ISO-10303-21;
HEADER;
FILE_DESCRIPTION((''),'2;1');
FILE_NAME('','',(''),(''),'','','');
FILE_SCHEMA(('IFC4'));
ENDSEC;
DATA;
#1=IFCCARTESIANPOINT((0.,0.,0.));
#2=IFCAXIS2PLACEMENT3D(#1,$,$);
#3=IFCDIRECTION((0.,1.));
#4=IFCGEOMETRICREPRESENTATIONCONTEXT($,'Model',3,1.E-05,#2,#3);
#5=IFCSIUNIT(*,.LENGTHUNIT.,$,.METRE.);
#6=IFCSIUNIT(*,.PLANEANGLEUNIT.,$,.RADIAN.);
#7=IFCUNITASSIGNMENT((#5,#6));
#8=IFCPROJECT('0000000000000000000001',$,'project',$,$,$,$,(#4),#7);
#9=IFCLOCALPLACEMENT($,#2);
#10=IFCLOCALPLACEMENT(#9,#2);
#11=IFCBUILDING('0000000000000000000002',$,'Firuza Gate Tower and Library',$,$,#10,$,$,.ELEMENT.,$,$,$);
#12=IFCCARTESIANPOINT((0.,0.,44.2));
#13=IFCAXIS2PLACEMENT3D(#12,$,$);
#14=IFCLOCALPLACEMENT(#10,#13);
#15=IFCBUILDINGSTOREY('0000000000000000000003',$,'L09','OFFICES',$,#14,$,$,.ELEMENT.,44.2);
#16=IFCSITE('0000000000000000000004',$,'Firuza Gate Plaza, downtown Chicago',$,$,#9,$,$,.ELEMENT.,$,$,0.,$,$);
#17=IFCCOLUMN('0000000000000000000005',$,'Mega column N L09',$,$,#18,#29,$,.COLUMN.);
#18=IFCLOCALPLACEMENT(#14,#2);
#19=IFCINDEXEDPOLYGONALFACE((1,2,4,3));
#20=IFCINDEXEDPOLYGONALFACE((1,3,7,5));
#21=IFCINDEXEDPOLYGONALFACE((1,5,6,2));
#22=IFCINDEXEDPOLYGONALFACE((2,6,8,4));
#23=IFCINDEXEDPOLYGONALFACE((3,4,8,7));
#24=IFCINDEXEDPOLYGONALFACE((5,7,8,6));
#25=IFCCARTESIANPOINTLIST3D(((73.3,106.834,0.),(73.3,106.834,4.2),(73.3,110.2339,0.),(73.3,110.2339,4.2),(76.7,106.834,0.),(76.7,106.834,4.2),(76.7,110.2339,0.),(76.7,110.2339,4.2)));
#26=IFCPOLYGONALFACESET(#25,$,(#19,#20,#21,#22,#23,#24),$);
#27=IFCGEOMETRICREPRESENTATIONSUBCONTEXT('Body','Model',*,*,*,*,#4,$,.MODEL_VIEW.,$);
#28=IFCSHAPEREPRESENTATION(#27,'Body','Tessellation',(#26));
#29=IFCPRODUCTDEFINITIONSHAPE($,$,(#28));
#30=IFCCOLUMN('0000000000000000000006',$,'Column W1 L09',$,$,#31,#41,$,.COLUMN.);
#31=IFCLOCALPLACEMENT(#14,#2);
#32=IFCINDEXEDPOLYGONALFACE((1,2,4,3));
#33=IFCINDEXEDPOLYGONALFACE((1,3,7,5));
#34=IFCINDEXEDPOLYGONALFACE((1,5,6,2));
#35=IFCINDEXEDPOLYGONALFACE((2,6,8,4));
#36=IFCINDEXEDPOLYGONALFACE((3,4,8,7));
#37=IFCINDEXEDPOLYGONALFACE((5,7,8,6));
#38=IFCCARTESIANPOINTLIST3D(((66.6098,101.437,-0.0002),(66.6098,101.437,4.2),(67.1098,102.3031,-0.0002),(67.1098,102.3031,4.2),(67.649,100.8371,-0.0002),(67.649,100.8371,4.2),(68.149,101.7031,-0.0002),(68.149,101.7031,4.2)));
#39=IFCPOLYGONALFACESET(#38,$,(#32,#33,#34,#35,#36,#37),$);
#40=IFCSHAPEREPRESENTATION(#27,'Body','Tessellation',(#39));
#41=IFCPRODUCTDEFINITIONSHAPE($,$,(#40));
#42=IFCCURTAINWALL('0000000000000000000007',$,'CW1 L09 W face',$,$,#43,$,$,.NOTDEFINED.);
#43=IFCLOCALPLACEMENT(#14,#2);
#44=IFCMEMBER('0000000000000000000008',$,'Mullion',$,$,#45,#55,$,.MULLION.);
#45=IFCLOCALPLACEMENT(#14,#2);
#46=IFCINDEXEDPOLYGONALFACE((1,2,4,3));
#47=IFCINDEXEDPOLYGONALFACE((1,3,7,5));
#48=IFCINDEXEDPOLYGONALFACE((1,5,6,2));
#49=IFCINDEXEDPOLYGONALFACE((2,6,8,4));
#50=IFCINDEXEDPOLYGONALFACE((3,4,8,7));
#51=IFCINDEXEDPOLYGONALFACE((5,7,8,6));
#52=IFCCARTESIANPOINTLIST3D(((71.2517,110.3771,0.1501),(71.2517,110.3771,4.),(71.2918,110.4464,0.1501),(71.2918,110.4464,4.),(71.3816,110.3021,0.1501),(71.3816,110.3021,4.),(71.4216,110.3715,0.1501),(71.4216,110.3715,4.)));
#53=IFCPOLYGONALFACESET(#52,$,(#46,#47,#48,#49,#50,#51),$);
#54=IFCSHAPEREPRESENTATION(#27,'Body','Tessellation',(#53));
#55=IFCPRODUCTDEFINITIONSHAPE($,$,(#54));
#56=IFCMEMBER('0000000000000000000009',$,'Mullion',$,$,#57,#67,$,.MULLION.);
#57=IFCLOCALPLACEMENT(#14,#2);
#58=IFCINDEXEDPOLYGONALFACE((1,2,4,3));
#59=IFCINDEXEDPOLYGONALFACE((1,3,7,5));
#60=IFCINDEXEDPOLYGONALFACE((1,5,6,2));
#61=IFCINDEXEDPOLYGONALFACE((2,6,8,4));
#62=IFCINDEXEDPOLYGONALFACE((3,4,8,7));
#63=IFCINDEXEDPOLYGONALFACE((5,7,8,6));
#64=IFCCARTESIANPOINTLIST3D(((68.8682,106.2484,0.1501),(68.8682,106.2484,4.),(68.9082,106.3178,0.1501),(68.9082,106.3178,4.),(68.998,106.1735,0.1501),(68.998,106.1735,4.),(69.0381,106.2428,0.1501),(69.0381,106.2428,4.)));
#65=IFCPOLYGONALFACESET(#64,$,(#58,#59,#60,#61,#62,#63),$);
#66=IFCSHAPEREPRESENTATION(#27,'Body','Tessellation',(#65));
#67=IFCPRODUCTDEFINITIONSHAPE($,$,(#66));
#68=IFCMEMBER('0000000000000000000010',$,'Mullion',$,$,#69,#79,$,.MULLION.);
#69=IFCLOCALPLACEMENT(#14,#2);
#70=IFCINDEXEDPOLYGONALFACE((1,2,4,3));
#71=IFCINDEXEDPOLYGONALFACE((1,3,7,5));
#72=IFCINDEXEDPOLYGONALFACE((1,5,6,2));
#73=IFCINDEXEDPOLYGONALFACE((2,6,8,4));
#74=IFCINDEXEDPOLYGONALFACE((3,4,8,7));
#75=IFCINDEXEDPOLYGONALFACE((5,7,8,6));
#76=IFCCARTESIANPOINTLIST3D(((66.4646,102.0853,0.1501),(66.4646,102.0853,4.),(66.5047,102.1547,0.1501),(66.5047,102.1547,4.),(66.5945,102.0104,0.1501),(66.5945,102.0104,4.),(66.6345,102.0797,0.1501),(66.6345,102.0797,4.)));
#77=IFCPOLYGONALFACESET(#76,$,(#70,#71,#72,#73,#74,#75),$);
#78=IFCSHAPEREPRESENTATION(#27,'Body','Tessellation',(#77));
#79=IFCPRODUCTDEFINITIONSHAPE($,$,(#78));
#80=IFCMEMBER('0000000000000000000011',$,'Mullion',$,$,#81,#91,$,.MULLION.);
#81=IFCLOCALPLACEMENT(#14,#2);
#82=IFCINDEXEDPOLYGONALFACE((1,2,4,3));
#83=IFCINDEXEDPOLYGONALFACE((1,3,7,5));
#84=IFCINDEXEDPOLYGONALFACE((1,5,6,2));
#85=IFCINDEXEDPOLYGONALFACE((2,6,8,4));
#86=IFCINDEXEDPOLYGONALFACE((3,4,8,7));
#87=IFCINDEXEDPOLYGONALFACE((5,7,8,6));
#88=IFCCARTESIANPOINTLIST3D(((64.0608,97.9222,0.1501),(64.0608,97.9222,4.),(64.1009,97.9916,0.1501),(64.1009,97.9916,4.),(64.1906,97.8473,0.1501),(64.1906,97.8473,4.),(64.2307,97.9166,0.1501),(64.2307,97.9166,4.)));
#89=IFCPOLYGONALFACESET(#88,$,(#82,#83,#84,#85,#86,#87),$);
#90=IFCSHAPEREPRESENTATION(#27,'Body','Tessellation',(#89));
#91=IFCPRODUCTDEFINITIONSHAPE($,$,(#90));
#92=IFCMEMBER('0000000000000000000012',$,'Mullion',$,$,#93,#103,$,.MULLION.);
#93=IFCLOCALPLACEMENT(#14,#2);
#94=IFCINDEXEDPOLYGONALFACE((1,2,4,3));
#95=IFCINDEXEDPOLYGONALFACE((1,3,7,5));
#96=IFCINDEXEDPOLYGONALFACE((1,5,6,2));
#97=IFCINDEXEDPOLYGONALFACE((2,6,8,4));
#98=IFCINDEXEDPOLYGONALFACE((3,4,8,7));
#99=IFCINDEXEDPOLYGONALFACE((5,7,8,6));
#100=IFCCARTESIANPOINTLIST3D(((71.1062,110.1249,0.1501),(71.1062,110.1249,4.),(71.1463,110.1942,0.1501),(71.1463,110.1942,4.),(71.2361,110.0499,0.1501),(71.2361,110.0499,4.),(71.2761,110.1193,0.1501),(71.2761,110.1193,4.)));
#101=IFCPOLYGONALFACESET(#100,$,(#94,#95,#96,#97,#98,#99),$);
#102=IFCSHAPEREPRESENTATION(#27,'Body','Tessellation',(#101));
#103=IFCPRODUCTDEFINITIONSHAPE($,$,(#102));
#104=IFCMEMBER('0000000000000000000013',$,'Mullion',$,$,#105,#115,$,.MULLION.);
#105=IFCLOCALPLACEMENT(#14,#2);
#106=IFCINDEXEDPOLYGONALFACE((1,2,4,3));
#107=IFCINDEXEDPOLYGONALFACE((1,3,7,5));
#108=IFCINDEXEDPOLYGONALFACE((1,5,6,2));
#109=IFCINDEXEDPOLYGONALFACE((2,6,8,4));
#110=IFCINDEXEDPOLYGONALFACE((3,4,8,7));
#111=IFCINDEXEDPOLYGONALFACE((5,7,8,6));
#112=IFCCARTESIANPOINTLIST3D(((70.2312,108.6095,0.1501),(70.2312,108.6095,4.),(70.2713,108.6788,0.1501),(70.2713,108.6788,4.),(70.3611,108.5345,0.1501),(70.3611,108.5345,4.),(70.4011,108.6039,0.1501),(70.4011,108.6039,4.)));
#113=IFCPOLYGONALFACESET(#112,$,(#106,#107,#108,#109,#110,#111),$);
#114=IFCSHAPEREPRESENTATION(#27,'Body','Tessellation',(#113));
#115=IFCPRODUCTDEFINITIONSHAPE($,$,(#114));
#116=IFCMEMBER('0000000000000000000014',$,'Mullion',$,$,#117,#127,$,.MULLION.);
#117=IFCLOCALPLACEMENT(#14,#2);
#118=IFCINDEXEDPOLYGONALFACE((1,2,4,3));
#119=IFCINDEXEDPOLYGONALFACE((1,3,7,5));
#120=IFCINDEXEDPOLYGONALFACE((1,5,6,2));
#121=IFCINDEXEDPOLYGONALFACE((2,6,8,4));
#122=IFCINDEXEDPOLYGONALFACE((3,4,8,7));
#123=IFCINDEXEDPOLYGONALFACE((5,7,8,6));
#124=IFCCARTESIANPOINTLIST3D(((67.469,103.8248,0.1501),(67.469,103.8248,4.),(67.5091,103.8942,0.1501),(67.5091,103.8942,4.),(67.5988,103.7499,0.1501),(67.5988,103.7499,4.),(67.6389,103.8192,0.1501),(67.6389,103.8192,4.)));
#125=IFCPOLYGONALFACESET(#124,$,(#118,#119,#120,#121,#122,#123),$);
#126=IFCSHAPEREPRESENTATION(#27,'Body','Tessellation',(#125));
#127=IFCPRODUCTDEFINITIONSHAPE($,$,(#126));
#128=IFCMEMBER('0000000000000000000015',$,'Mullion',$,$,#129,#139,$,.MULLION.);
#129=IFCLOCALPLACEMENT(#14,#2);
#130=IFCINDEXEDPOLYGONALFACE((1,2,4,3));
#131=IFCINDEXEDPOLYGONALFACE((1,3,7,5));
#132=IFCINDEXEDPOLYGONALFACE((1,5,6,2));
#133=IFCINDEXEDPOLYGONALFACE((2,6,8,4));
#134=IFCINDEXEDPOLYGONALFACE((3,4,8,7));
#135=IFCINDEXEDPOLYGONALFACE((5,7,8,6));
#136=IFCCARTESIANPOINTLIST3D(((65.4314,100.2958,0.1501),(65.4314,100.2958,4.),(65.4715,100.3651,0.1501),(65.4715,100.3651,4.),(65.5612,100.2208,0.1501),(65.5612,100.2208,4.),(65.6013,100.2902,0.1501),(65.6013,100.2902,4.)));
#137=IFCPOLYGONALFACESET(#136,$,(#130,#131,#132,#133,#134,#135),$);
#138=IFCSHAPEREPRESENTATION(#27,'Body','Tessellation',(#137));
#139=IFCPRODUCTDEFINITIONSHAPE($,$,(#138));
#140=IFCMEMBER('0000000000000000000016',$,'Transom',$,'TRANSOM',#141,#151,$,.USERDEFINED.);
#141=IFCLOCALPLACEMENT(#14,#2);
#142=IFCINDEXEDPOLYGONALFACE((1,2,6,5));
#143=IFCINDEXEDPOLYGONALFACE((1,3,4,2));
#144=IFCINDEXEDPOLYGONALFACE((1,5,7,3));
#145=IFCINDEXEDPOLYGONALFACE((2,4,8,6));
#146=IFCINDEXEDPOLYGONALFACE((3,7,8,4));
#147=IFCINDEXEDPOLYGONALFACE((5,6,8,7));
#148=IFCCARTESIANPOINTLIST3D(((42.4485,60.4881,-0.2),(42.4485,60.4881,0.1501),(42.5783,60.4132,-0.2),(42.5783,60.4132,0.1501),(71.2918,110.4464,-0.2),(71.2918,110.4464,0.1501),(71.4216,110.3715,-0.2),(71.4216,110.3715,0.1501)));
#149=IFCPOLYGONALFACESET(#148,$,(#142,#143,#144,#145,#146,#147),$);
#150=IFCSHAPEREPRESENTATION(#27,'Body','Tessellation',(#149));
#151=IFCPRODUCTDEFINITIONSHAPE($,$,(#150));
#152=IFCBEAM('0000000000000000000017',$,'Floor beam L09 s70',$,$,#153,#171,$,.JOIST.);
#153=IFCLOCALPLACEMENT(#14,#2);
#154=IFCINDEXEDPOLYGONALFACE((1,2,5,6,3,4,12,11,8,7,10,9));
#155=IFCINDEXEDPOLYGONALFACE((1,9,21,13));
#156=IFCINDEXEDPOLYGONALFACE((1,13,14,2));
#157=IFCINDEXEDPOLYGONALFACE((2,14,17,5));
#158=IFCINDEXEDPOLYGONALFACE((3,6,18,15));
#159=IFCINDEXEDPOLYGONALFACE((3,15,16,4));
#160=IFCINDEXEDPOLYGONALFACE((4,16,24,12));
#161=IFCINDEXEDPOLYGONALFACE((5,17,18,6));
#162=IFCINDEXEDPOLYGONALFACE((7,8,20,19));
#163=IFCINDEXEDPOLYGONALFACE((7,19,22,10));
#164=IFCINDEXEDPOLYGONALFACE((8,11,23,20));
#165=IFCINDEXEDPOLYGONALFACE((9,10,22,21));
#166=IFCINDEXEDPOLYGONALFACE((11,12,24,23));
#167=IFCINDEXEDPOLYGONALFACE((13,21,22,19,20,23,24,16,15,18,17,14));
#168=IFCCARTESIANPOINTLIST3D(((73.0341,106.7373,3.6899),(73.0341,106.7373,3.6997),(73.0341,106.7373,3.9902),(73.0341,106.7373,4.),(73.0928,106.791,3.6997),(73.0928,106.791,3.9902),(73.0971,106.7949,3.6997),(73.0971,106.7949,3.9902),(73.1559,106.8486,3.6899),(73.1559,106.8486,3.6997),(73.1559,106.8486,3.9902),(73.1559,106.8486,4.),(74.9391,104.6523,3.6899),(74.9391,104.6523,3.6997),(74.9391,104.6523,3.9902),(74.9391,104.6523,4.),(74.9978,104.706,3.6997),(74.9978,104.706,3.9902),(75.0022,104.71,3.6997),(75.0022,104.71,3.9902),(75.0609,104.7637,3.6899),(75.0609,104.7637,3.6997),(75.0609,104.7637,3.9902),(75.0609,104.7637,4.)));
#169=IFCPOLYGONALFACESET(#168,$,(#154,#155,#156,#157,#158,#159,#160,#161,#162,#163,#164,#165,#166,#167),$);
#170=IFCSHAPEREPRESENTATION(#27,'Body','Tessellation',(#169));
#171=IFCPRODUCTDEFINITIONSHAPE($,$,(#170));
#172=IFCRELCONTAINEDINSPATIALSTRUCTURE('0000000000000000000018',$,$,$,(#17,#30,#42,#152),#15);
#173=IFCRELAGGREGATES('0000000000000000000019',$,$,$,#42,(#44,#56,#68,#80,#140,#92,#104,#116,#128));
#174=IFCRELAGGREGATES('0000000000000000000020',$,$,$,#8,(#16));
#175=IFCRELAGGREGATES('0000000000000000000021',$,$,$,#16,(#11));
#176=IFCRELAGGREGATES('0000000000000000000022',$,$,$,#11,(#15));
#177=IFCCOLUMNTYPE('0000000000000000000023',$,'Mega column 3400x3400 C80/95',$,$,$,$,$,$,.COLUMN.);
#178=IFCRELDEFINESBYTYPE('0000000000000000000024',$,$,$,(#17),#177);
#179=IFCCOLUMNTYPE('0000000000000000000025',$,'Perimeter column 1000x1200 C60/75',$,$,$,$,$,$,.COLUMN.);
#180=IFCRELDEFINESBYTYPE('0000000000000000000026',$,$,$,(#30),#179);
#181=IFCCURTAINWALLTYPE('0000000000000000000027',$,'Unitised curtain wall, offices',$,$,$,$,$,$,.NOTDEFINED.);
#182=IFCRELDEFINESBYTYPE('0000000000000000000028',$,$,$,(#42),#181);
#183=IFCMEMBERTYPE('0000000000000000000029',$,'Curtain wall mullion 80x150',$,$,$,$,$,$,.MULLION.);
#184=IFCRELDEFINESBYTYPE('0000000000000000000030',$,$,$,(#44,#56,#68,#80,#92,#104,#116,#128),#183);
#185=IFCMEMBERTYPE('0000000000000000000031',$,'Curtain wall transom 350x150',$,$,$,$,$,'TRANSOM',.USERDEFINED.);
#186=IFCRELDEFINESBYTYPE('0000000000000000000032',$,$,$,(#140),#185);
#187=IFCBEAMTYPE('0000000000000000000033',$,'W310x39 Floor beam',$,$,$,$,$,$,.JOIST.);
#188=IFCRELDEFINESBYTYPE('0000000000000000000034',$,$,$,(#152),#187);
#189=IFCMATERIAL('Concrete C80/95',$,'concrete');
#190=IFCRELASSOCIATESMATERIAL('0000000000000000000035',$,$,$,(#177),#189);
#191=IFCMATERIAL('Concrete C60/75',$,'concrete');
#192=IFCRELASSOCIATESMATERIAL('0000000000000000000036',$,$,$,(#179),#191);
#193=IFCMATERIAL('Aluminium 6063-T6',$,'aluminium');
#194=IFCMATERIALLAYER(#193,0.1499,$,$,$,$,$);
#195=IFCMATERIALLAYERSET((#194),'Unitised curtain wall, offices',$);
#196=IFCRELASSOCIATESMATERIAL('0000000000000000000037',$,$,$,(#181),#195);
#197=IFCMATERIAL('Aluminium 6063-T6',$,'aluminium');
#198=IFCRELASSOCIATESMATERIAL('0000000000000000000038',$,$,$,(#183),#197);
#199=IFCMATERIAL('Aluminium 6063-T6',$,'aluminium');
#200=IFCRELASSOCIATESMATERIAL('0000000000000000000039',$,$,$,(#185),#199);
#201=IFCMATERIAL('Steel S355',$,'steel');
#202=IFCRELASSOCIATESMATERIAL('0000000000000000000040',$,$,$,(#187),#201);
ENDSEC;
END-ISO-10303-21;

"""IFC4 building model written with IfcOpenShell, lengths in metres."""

from ifc_helpers import new_model, si_unit, direction, frame, origin, origin_2d, place, context, subcontext, project, spatial, rectangle, i_section, extrude, material, layer, layer_set, material_profile, profile_set, type_object, element, aggregate, save


model = new_model("IFC4")

# Units and contexts
model_context = context("Model", 3, precision=1e-05, world=origin(), true_north=direction((0.0, 1.0)))
body_context = subcontext(model_context, "Body", "Model", "MODEL_VIEW")
ifc_project = project(units=[si_unit("LENGTHUNIT", "METRE"), si_unit("PLANEANGLEUNIT", "RADIAN")], contexts=[model_context])

# Site, building, storey
site_placement = place(None, origin())
site = spatial("IfcSite", under=ifc_project, at=site_placement, Name="Firuza Gate Plaza, downtown Chicago", CompositionType="ELEMENT", RefElevation=0.0)
building_placement = place(site_placement, origin())
building = spatial("IfcBuilding", under=site, at=building_placement, Name="Firuza Gate Tower and Library", CompositionType="ELEMENT")
storey_placement = place(building_placement, frame((0.0, 0.0, 44.2)))
storey = spatial("IfcBuildingStorey", under=building, at=storey_placement, Name="L09", Description="OFFICES", CompositionType="ELEMENT", Elevation=44.2)

# Columns
ifc_material_1 = material(Name="Concrete C80/95", Category="concrete")
ifc_material_profile_1 = material_profile(ifc_material_1, rectangle(XDim=3.3999, YDim=3.3999, at=origin_2d()))
ifc_profile_set_1 = profile_set([ifc_material_profile_1], Name="Concrete C80/95")
column_type_1 = type_object("IfcColumnType", Name="Mega column 3400x3400 C80/95", PredefinedType="COLUMN", material=ifc_profile_set_1)
column_1_placement = place(storey_placement, frame((75.0, 108.5339, 0.0), z_axis=(0.0, 0.0, 1.0), x_axis=(-1.0, 0.0, 0.0)))
element("IfcColumn", 1, at=column_1_placement, inside=storey, type_object=column_type_1, Name="Mega column N L09", PredefinedType="COLUMN", context=body_context, shape_type="SweptSolid", body=[
    extrude(rectangle(XDim=3.3999, YDim=3.3999, at=origin_2d()), origin(), (0.0, 0.0, 1.0), 4.2),
])
ifc_material_2 = material(Name="Concrete C60/75", Category="concrete")
ifc_material_profile_2 = material_profile(ifc_material_2, rectangle(XDim=1.0, YDim=1.2, at=origin_2d()))
ifc_profile_set_2 = profile_set([ifc_material_profile_2], Name="Concrete C60/75")
column_type_2 = type_object("IfcColumnType", Name="Perimeter column 1000x1200 C60/75", PredefinedType="COLUMN", material=ifc_profile_set_2)
column_2_placement = place(storey_placement, frame((67.3794, 101.5701, -0.0002), z_axis=(0.0, 0.0, 1.0), x_axis=(-0.5, -0.866025, 0.0)))
element("IfcColumn", 2, at=column_2_placement, inside=storey, type_object=column_type_2, Name="Column W1 L09", PredefinedType="COLUMN", context=body_context, shape_type="SweptSolid", body=[
    extrude(rectangle(XDim=1.0, YDim=1.2, at=origin_2d()), origin(), (0.0, 0.0, 1.0), 4.2002),
])

# Curtain wall, members
ifc_material_3 = material(Name="Aluminium 6063-T6", Category="aluminium")
ifc_layer_1 = layer(ifc_material_3, 0.1499)
ifc_layer_set_1 = layer_set([ifc_layer_1], Name="Unitised curtain wall, offices")
curtain_wall_type_1 = type_object("IfcCurtainWallType", Name="Unitised curtain wall, offices", PredefinedType="NOTDEFINED", material=ifc_layer_set_1)
placement = place(storey_placement, origin())
curtain_wall_1 = element("IfcCurtainWall", 3, at=placement, inside=storey, type_object=curtain_wall_type_1, Name="CW1 L09 W face", PredefinedType="NOTDEFINED")
ifc_material_4 = material(Name="Aluminium 6063-T6", Category="aluminium")
ifc_material_profile_3 = material_profile(ifc_material_4, rectangle(XDim=0.1499, YDim=0.0801, at=origin_2d()))
ifc_profile_set_3 = profile_set([ifc_material_profile_3], Name="Aluminium 6063-T6")
member_type_1 = type_object("IfcMemberType", Name="Curtain wall mullion 80x150", PredefinedType="MULLION", material=ifc_profile_set_3)
member_1_placement = place(storey_placement, frame((71.3367, 110.3743, 0.1501), z_axis=(0.0, 0.0, 1.0), x_axis=(0.866025, -0.5, 0.0)))
member_1 = element("IfcMember", 4, at=member_1_placement, type_object=member_type_1, Name="Mullion", PredefinedType="MULLION", context=body_context, shape_type="SweptSolid", body=[
    extrude(rectangle(XDim=0.1499, YDim=0.0801, at=origin_2d()), origin(), (0.0, 0.0, 1.0), 3.8499),
])
member_2_placement = place(storey_placement, frame((68.9531, 106.2456, 0.1501), z_axis=(0.0, 0.0, 1.0), x_axis=(0.866025, -0.5, 0.0)))
member_2 = element("IfcMember", 5, at=member_2_placement, type_object=member_type_1, Name="Mullion", PredefinedType="MULLION", context=body_context, shape_type="SweptSolid", body=[
    extrude(rectangle(XDim=0.1499, YDim=0.0801, at=origin_2d()), origin(), (0.0, 0.0, 1.0), 3.8499),
])
member_3_placement = place(storey_placement, frame((66.5496, 102.0825, 0.1501), z_axis=(0.0, 0.0, 1.0), x_axis=(0.866025, -0.5, 0.0)))
member_3 = element("IfcMember", 6, at=member_3_placement, type_object=member_type_1, Name="Mullion", PredefinedType="MULLION", context=body_context, shape_type="SweptSolid", body=[
    extrude(rectangle(XDim=0.1499, YDim=0.0801, at=origin_2d()), origin(), (0.0, 0.0, 1.0), 3.8499),
])
member_4_placement = place(storey_placement, frame((64.1458, 97.9194, 0.1501), z_axis=(0.0, 0.0, 1.0), x_axis=(0.866025, -0.5, 0.0)))
member_4 = element("IfcMember", 7, at=member_4_placement, type_object=member_type_1, Name="Mullion", PredefinedType="MULLION", context=body_context, shape_type="SweptSolid", body=[
    extrude(rectangle(XDim=0.1499, YDim=0.0801, at=origin_2d()), origin(), (0.0, 0.0, 1.0), 3.8499),
])
member_5_placement = place(storey_placement, frame((71.1912, 110.1221, 0.1501), z_axis=(0.0, 0.0, 1.0), x_axis=(0.866025, -0.5, 0.0)))
member_5 = element("IfcMember", 8, at=member_5_placement, type_object=member_type_1, Name="Mullion", PredefinedType="MULLION", context=body_context, shape_type="SweptSolid", body=[
    extrude(rectangle(XDim=0.1499, YDim=0.0801, at=origin_2d()), origin(), (0.0, 0.0, 1.0), 3.8499),
])
member_6_placement = place(storey_placement, frame((70.3162, 108.6067, 0.1501), z_axis=(0.0, 0.0, 1.0), x_axis=(0.866025, -0.5, 0.0)))
member_6 = element("IfcMember", 9, at=member_6_placement, type_object=member_type_1, Name="Mullion", PredefinedType="MULLION", context=body_context, shape_type="SweptSolid", body=[
    extrude(rectangle(XDim=0.1499, YDim=0.0801, at=origin_2d()), origin(), (0.0, 0.0, 1.0), 3.8499),
])
member_7_placement = place(storey_placement, frame((67.554, 103.822, 0.1501), z_axis=(0.0, 0.0, 1.0), x_axis=(0.866025, -0.5, 0.0)))
member_7 = element("IfcMember", 10, at=member_7_placement, type_object=member_type_1, Name="Mullion", PredefinedType="MULLION", context=body_context, shape_type="SweptSolid", body=[
    extrude(rectangle(XDim=0.1499, YDim=0.0801, at=origin_2d()), origin(), (0.0, 0.0, 1.0), 3.8499),
])
member_8_placement = place(storey_placement, frame((65.5164, 100.293, 0.1501), z_axis=(0.0, 0.0, 1.0), x_axis=(0.866025, -0.5, 0.0)))
member_8 = element("IfcMember", 11, at=member_8_placement, type_object=member_type_1, Name="Mullion", PredefinedType="MULLION", context=body_context, shape_type="SweptSolid", body=[
    extrude(rectangle(XDim=0.1499, YDim=0.0801, at=origin_2d()), origin(), (0.0, 0.0, 1.0), 3.8499),
])
ifc_material_5 = material(Name="Aluminium 6063-T6", Category="aluminium")
ifc_material_profile_4 = material_profile(ifc_material_5, rectangle(XDim=0.1499, YDim=0.3501, at=origin_2d()))
ifc_profile_set_4 = profile_set([ifc_material_profile_4], Name="Aluminium 6063-T6")
member_type_2 = type_object("IfcMemberType", Name="Curtain wall transom 350x150", ElementType="TRANSOM", PredefinedType="USERDEFINED", material=ifc_profile_set_4)
member_9_placement = place(storey_placement, frame((71.3567, 110.4089, -0.0249), z_axis=(-0.499998, -0.866027, 0.0), x_axis=(0.866027, -0.499998, 0.0)))
member_9 = element("IfcMember", 12, at=member_9_placement, type_object=member_type_2, Name="Transom", ObjectType="TRANSOM", PredefinedType="USERDEFINED", context=body_context, shape_type="SweptSolid", body=[
    extrude(rectangle(XDim=0.1499, YDim=0.3501, at=origin_2d()), origin(), (0.0, 0.0, 1.0), 57.6868),
])

# Beam
ifc_material_6 = material(Name="Steel S355", Category="steel")
ifc_material_profile_5 = material_profile(ifc_material_6, i_section(OverallWidth=0.165, OverallDepth=0.3101, WebThickness=0.0059, FlangeThickness=0.0098, at=origin_2d()))
ifc_profile_set_5 = profile_set([ifc_material_profile_5], Name="Steel S355")
beam_type_1 = type_object("IfcBeamType", Name="W310x39 Floor beam", PredefinedType="JOIST", material=ifc_profile_set_5)
beam_1_placement = place(storey_placement, frame((73.095, 106.793, 3.845), z_axis=(0.674534, -0.738244, 0.0), x_axis=(0.738244, 0.674534, 0.0)))
element("IfcBeam", 13, at=beam_1_placement, inside=storey, type_object=beam_type_1, Name="Floor beam L09 s70", PredefinedType="JOIST", context=body_context, shape_type="SweptSolid", body=[
    extrude(i_section(OverallWidth=0.165, OverallDepth=0.3101, WebThickness=0.0059, FlangeThickness=0.0098, at=origin_2d()), origin(), (0.0, 0.0, 1.0), 2.8242),
])

aggregate(curtain_wall_1, [member_1, member_2, member_3, member_4, member_9, member_5, member_6, member_7, member_8])

save(model, "model.ifc")
